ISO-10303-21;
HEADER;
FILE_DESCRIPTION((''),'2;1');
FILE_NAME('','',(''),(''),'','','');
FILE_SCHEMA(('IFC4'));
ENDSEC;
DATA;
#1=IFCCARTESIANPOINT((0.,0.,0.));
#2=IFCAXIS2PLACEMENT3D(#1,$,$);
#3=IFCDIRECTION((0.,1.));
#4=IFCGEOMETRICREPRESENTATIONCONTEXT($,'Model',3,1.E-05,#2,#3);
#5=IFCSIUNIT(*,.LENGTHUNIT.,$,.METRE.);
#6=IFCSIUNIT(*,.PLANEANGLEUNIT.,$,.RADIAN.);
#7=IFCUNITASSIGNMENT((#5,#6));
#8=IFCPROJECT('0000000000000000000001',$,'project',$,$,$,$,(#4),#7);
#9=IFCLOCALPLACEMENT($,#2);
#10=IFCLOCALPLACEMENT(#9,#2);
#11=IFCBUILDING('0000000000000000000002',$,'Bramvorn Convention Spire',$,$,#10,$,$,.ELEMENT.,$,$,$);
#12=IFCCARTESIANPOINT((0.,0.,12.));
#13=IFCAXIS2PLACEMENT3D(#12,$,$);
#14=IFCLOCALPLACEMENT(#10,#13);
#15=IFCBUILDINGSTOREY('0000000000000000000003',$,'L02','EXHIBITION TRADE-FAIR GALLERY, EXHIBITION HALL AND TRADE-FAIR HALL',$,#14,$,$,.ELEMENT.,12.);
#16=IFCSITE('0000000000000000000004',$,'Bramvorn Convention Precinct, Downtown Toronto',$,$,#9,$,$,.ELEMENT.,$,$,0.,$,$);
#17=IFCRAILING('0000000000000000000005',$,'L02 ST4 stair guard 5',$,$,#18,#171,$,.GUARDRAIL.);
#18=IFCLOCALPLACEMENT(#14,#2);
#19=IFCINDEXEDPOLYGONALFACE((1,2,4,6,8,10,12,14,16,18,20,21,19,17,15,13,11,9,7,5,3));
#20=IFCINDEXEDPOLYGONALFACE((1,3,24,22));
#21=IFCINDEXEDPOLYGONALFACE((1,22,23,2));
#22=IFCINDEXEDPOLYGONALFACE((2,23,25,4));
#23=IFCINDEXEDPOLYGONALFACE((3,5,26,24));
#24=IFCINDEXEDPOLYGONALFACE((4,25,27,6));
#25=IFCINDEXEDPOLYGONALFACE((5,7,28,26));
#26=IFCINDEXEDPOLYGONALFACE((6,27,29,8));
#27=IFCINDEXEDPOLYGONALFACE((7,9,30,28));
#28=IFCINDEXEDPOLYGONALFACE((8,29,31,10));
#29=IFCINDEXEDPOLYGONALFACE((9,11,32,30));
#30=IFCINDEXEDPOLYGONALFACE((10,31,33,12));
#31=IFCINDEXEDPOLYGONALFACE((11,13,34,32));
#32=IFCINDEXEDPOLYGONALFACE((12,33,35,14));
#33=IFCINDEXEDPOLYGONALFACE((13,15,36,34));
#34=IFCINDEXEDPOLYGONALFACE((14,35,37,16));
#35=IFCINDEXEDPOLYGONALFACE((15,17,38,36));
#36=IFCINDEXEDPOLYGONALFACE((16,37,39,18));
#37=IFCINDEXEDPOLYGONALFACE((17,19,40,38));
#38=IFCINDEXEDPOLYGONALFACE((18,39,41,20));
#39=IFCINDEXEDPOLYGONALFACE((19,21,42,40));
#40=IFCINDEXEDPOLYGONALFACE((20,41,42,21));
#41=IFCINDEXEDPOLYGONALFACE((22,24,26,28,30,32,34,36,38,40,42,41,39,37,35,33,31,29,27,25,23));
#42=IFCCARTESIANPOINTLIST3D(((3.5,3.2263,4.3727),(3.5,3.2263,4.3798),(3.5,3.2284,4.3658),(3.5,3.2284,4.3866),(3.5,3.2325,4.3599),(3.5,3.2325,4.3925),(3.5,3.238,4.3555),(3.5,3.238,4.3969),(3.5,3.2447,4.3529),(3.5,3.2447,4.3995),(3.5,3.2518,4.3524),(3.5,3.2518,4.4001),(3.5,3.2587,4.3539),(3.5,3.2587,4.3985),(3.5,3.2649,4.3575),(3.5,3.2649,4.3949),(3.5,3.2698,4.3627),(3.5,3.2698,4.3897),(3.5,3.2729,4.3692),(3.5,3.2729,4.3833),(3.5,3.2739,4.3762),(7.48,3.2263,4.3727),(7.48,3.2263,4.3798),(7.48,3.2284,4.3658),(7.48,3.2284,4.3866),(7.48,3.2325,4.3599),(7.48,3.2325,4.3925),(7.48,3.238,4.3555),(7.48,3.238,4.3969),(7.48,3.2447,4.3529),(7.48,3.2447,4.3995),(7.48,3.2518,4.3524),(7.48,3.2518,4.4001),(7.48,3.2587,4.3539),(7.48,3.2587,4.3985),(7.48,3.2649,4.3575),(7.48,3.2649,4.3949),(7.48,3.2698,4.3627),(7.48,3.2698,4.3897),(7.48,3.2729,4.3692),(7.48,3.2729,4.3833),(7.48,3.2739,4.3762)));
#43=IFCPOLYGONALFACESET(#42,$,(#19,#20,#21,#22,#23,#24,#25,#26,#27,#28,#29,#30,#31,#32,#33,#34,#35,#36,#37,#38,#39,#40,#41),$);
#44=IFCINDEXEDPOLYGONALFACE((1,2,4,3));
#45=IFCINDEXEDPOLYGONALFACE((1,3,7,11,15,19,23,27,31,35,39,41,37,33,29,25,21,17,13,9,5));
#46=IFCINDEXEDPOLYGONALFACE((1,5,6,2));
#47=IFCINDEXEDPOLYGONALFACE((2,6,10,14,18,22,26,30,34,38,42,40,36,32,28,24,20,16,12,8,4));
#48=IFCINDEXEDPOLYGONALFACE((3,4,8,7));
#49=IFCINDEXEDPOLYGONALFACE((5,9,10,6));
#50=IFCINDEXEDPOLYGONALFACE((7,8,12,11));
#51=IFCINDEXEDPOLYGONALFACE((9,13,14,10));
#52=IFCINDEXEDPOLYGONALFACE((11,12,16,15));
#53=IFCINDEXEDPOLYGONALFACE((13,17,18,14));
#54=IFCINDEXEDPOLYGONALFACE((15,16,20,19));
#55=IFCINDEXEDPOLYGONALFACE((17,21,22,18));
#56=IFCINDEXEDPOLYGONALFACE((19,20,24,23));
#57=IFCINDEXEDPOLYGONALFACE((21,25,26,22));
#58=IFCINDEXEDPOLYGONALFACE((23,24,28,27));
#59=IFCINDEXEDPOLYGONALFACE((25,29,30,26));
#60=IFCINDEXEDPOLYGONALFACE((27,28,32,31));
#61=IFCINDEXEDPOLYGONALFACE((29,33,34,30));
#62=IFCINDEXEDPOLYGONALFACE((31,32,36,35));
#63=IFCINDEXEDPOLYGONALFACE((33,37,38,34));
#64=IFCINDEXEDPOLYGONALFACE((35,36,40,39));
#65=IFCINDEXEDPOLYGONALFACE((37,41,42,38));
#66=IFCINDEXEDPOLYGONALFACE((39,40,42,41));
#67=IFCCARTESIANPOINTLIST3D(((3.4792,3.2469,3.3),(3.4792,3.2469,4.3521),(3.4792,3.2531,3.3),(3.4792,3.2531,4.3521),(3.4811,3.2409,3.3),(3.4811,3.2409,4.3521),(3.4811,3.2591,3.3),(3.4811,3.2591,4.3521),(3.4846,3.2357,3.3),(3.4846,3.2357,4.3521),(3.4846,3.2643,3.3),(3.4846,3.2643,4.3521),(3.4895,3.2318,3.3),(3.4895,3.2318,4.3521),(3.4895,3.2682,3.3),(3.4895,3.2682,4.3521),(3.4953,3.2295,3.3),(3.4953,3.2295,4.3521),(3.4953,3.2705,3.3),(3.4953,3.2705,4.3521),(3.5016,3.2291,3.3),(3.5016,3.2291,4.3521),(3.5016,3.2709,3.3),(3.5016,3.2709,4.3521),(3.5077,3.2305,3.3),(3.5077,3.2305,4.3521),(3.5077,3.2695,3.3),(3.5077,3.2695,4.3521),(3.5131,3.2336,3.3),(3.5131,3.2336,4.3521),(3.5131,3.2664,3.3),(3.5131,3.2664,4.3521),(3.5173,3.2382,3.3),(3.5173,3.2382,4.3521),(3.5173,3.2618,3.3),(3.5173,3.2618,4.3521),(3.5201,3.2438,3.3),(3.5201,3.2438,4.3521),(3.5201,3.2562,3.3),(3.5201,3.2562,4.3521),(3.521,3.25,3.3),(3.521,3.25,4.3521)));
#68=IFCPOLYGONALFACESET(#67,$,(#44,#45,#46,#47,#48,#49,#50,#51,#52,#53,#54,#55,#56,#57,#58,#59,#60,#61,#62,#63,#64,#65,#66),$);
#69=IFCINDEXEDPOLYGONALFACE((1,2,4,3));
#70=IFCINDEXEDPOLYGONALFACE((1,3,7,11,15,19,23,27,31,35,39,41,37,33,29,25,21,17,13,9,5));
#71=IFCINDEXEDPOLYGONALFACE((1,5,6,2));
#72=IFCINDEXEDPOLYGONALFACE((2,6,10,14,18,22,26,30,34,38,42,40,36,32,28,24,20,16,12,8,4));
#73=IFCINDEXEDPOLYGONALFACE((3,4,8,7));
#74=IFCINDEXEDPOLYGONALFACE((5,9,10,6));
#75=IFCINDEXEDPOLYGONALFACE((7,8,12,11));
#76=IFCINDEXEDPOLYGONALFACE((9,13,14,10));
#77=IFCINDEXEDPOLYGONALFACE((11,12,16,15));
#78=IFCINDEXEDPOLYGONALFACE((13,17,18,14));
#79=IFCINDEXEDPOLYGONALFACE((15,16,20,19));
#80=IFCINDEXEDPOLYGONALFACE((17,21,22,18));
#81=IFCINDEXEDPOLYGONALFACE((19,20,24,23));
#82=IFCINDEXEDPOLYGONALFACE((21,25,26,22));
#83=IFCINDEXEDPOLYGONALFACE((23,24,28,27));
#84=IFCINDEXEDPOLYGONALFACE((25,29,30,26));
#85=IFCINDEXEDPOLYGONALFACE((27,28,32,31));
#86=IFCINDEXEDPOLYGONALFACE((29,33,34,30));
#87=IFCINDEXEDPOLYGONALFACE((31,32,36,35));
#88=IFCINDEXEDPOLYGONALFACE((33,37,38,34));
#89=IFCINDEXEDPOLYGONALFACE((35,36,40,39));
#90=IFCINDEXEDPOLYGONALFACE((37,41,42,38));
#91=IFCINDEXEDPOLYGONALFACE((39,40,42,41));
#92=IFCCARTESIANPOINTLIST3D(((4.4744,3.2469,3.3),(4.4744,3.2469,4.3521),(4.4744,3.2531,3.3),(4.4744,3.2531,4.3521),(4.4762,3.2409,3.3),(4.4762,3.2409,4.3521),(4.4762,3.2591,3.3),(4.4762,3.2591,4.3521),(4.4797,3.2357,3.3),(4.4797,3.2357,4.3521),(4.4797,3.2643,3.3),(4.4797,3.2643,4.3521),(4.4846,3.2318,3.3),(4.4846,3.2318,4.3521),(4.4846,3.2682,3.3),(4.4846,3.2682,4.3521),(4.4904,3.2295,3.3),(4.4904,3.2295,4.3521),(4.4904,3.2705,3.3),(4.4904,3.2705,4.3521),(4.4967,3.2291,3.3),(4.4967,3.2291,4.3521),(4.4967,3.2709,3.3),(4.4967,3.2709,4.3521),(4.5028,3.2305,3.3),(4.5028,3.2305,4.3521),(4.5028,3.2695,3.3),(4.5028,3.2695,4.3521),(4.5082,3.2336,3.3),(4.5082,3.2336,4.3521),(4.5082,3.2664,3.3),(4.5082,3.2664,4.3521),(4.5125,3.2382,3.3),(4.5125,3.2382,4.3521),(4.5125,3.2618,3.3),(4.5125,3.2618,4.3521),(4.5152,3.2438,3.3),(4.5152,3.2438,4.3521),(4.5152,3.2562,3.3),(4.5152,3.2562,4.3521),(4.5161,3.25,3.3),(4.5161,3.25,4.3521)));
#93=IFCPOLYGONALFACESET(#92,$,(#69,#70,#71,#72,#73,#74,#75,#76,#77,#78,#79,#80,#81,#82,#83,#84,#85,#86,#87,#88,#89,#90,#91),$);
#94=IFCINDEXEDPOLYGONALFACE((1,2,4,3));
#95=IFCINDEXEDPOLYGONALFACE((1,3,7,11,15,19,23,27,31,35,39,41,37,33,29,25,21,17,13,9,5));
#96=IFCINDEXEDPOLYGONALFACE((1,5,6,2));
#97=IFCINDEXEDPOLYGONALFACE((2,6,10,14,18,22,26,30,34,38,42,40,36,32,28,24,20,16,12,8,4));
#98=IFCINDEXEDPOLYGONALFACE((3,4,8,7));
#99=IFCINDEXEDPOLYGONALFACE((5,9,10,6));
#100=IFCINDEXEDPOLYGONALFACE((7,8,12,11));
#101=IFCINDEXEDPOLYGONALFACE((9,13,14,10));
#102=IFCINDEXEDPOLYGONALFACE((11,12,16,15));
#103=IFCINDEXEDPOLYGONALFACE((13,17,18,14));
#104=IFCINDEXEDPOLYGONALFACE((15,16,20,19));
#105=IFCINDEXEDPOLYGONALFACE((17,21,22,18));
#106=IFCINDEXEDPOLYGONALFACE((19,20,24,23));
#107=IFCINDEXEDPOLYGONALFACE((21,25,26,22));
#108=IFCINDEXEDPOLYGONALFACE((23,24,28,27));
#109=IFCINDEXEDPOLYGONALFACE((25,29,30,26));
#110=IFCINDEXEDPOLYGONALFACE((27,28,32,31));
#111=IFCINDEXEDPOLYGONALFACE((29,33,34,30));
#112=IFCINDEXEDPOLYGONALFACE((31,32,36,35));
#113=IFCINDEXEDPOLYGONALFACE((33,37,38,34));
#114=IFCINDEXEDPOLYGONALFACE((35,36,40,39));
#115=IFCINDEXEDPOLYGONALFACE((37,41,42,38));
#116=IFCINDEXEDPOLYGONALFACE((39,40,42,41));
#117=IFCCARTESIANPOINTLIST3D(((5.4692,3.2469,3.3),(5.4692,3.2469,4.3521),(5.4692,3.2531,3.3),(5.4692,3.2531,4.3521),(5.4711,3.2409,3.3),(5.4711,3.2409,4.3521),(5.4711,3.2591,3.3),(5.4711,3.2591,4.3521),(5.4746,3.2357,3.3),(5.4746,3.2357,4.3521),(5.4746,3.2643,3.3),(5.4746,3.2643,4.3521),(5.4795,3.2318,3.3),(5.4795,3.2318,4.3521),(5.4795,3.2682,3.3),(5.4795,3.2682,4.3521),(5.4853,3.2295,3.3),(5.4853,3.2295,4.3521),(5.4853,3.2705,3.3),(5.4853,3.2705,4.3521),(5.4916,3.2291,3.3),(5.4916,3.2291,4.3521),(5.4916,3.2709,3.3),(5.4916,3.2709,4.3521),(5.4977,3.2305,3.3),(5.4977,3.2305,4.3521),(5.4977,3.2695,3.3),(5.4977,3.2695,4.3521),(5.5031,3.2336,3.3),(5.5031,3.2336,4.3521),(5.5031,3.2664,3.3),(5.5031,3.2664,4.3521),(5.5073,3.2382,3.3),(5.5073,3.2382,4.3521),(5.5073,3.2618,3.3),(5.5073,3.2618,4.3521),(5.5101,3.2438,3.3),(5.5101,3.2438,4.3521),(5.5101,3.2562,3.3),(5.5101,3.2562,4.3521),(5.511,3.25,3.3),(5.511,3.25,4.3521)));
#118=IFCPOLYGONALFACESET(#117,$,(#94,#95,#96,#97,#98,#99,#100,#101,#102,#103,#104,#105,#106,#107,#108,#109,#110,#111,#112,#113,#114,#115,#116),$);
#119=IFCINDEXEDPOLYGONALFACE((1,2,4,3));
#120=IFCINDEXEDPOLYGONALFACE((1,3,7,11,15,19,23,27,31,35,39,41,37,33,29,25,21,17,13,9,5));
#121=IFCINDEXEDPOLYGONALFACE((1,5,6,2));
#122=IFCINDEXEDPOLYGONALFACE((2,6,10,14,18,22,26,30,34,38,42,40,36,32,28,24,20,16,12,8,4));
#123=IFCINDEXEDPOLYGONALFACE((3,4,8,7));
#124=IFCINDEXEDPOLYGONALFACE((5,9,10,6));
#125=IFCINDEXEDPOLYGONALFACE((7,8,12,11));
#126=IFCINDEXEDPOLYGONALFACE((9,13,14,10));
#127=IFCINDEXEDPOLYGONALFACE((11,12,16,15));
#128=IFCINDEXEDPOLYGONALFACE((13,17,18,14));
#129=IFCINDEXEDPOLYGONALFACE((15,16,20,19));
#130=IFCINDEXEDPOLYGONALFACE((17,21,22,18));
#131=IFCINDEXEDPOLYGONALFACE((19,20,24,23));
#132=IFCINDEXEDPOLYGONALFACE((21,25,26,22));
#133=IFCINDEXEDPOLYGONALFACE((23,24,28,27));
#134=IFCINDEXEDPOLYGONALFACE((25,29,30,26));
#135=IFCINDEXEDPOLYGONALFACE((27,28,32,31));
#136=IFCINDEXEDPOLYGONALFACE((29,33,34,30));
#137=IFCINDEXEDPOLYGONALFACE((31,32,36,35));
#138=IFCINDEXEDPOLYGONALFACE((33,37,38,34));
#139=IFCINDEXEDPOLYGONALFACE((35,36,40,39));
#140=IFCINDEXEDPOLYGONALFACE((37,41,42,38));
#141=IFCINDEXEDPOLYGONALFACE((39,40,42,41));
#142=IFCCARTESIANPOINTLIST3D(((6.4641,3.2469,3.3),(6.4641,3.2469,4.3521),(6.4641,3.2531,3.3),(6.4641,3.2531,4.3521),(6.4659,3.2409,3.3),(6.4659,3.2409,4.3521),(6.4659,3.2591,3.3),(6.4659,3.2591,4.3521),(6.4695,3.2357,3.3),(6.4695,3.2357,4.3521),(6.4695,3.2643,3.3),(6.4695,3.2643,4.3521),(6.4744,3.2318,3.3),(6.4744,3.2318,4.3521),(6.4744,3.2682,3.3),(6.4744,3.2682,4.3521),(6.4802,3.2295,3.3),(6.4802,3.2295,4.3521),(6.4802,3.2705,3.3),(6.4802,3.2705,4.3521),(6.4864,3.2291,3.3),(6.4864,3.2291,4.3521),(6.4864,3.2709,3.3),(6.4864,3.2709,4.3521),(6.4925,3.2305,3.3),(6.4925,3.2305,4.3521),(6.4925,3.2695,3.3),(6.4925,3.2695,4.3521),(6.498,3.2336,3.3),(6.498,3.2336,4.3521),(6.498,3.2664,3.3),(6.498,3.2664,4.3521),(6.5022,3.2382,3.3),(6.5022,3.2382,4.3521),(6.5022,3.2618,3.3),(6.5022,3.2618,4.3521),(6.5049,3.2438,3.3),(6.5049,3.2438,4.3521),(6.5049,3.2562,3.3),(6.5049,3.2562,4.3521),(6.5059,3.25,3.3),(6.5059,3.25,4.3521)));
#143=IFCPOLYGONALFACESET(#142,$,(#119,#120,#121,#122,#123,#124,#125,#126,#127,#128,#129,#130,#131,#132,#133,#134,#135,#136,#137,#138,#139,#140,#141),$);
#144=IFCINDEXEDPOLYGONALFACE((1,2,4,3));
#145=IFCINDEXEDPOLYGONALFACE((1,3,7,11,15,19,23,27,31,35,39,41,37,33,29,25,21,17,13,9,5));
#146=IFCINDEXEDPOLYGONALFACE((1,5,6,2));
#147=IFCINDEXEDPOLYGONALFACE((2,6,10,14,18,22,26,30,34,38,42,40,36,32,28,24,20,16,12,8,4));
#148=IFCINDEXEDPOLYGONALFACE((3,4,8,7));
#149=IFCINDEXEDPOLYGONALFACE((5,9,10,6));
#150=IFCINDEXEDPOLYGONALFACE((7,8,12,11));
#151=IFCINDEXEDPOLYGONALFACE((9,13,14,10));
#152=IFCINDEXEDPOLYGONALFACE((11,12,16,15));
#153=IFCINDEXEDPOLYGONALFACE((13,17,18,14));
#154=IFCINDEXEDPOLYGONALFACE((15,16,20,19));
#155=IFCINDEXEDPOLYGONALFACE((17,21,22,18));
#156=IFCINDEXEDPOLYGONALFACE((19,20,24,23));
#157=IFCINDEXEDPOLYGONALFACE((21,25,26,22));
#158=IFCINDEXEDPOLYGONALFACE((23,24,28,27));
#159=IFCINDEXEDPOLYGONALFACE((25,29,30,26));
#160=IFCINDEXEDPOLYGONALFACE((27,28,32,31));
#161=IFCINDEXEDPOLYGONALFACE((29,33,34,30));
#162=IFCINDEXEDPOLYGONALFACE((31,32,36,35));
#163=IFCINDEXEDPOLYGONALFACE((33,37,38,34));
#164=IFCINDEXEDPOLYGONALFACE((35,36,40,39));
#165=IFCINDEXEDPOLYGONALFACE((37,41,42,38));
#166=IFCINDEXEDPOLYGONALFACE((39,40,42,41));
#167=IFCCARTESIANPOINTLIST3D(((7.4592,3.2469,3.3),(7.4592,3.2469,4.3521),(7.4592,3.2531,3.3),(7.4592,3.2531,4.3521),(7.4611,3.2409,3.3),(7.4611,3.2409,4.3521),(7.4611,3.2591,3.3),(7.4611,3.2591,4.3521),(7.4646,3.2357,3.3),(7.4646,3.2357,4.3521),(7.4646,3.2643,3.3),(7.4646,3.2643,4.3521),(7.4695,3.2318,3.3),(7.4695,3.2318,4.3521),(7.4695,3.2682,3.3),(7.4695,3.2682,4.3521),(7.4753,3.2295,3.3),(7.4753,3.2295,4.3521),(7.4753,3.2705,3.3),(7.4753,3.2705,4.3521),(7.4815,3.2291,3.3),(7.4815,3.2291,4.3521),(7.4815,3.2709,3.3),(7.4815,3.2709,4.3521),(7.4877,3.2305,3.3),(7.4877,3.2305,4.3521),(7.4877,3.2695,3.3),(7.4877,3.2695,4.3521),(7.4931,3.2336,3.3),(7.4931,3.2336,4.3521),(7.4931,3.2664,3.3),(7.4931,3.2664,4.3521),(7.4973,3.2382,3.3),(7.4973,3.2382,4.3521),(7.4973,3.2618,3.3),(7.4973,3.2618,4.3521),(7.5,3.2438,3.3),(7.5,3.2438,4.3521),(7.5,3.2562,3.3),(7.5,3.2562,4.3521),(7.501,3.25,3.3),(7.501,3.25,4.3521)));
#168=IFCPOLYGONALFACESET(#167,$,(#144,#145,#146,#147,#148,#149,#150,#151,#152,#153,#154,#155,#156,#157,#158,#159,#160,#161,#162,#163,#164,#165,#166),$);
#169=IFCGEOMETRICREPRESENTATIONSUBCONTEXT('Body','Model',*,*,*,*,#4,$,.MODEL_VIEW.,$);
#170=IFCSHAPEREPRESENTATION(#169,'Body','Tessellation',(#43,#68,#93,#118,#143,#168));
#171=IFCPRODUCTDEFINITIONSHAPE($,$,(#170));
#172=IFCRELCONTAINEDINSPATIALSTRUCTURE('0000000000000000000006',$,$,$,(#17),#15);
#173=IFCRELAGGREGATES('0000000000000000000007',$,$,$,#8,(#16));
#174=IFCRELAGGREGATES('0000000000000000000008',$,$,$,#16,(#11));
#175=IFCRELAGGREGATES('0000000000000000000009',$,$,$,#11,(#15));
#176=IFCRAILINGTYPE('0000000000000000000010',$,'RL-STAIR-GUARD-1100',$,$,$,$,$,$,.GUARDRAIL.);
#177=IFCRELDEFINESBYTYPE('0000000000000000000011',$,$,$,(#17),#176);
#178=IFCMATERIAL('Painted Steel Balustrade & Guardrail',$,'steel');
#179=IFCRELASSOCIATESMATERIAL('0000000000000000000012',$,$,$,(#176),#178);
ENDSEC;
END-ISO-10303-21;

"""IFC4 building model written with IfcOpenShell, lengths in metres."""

from ifc_helpers import new_model, si_unit, direction, frame, origin, origin_2d, place, context, subcontext, project, spatial, circle, extrude, material, type_object, element, save


model = new_model("IFC4")

# Units and contexts
model_context = context("Model", 3, precision=1e-05, world=origin(), true_north=direction((0.0, 1.0)))
body_context = subcontext(model_context, "Body", "Model", "MODEL_VIEW")
ifc_project = project(units=[si_unit("LENGTHUNIT", "METRE"), si_unit("PLANEANGLEUNIT", "RADIAN")], contexts=[model_context])

# Site, building, storey
site_placement = place(None, origin())
site = spatial("IfcSite", under=ifc_project, at=site_placement, Name="Bramvorn Convention Precinct, Downtown Toronto", CompositionType="ELEMENT", RefElevation=0.0)
building_placement = place(site_placement, origin())
building = spatial("IfcBuilding", under=site, at=building_placement, Name="Bramvorn Convention Spire", CompositionType="ELEMENT")
storey_placement = place(building_placement, frame((0.0, 0.0, 12.0)))
storey = spatial("IfcBuildingStorey", under=building, at=storey_placement, Name="L02", Description="EXHIBITION TRADE-FAIR GALLERY, EXHIBITION HALL AND TRADE-FAIR HALL", CompositionType="ELEMENT", Elevation=12.0)

# Railing
ifc_material_1 = material(Name="Painted Steel Balustrade & Guardrail", Category="steel")
railing_type_1 = type_object("IfcRailingType", Name="RL-STAIR-GUARD-1100", PredefinedType="GUARDRAIL", material=ifc_material_1)
railing_1_placement = place(storey_placement, frame((3.5, 3.25, 3.3)))
element("IfcRailing", 1, at=railing_1_placement, inside=storey, type_object=railing_type_1, Name="L02 ST4 stair guard 5", PredefinedType="GUARDRAIL", context=body_context, shape_type="SweptSolid", body=[
    extrude(circle(Radius=0.0239, at=origin_2d()), frame((0.0, 0.0, 1.0762), z_axis=(1.0, 0.0, 0.0), x_axis=(0.0, 1.0, 0.0)), (0.0, 0.0, 1.0), 3.98),
    extrude(circle(Radius=0.021, at=origin_2d()), origin(), (0.0, 0.0, 1.0), 1.052),
    extrude(circle(Radius=0.021, at=origin_2d()), frame((0.9951, 0.0, 0.0)), (0.0, 0.0, 1.0), 1.052),
    extrude(circle(Radius=0.021, at=origin_2d()), frame((1.99, 0.0, 0.0)), (0.0, 0.0, 1.0), 1.052),
    extrude(circle(Radius=0.021, at=origin_2d()), frame((2.9849, 0.0, 0.0)), (0.0, 0.0, 1.0), 1.052),
    extrude(circle(Radius=0.021, at=origin_2d()), frame((3.98, 0.0, 0.0)), (0.0, 0.0, 1.0), 1.052),
])

save(model, "model.ifc")
